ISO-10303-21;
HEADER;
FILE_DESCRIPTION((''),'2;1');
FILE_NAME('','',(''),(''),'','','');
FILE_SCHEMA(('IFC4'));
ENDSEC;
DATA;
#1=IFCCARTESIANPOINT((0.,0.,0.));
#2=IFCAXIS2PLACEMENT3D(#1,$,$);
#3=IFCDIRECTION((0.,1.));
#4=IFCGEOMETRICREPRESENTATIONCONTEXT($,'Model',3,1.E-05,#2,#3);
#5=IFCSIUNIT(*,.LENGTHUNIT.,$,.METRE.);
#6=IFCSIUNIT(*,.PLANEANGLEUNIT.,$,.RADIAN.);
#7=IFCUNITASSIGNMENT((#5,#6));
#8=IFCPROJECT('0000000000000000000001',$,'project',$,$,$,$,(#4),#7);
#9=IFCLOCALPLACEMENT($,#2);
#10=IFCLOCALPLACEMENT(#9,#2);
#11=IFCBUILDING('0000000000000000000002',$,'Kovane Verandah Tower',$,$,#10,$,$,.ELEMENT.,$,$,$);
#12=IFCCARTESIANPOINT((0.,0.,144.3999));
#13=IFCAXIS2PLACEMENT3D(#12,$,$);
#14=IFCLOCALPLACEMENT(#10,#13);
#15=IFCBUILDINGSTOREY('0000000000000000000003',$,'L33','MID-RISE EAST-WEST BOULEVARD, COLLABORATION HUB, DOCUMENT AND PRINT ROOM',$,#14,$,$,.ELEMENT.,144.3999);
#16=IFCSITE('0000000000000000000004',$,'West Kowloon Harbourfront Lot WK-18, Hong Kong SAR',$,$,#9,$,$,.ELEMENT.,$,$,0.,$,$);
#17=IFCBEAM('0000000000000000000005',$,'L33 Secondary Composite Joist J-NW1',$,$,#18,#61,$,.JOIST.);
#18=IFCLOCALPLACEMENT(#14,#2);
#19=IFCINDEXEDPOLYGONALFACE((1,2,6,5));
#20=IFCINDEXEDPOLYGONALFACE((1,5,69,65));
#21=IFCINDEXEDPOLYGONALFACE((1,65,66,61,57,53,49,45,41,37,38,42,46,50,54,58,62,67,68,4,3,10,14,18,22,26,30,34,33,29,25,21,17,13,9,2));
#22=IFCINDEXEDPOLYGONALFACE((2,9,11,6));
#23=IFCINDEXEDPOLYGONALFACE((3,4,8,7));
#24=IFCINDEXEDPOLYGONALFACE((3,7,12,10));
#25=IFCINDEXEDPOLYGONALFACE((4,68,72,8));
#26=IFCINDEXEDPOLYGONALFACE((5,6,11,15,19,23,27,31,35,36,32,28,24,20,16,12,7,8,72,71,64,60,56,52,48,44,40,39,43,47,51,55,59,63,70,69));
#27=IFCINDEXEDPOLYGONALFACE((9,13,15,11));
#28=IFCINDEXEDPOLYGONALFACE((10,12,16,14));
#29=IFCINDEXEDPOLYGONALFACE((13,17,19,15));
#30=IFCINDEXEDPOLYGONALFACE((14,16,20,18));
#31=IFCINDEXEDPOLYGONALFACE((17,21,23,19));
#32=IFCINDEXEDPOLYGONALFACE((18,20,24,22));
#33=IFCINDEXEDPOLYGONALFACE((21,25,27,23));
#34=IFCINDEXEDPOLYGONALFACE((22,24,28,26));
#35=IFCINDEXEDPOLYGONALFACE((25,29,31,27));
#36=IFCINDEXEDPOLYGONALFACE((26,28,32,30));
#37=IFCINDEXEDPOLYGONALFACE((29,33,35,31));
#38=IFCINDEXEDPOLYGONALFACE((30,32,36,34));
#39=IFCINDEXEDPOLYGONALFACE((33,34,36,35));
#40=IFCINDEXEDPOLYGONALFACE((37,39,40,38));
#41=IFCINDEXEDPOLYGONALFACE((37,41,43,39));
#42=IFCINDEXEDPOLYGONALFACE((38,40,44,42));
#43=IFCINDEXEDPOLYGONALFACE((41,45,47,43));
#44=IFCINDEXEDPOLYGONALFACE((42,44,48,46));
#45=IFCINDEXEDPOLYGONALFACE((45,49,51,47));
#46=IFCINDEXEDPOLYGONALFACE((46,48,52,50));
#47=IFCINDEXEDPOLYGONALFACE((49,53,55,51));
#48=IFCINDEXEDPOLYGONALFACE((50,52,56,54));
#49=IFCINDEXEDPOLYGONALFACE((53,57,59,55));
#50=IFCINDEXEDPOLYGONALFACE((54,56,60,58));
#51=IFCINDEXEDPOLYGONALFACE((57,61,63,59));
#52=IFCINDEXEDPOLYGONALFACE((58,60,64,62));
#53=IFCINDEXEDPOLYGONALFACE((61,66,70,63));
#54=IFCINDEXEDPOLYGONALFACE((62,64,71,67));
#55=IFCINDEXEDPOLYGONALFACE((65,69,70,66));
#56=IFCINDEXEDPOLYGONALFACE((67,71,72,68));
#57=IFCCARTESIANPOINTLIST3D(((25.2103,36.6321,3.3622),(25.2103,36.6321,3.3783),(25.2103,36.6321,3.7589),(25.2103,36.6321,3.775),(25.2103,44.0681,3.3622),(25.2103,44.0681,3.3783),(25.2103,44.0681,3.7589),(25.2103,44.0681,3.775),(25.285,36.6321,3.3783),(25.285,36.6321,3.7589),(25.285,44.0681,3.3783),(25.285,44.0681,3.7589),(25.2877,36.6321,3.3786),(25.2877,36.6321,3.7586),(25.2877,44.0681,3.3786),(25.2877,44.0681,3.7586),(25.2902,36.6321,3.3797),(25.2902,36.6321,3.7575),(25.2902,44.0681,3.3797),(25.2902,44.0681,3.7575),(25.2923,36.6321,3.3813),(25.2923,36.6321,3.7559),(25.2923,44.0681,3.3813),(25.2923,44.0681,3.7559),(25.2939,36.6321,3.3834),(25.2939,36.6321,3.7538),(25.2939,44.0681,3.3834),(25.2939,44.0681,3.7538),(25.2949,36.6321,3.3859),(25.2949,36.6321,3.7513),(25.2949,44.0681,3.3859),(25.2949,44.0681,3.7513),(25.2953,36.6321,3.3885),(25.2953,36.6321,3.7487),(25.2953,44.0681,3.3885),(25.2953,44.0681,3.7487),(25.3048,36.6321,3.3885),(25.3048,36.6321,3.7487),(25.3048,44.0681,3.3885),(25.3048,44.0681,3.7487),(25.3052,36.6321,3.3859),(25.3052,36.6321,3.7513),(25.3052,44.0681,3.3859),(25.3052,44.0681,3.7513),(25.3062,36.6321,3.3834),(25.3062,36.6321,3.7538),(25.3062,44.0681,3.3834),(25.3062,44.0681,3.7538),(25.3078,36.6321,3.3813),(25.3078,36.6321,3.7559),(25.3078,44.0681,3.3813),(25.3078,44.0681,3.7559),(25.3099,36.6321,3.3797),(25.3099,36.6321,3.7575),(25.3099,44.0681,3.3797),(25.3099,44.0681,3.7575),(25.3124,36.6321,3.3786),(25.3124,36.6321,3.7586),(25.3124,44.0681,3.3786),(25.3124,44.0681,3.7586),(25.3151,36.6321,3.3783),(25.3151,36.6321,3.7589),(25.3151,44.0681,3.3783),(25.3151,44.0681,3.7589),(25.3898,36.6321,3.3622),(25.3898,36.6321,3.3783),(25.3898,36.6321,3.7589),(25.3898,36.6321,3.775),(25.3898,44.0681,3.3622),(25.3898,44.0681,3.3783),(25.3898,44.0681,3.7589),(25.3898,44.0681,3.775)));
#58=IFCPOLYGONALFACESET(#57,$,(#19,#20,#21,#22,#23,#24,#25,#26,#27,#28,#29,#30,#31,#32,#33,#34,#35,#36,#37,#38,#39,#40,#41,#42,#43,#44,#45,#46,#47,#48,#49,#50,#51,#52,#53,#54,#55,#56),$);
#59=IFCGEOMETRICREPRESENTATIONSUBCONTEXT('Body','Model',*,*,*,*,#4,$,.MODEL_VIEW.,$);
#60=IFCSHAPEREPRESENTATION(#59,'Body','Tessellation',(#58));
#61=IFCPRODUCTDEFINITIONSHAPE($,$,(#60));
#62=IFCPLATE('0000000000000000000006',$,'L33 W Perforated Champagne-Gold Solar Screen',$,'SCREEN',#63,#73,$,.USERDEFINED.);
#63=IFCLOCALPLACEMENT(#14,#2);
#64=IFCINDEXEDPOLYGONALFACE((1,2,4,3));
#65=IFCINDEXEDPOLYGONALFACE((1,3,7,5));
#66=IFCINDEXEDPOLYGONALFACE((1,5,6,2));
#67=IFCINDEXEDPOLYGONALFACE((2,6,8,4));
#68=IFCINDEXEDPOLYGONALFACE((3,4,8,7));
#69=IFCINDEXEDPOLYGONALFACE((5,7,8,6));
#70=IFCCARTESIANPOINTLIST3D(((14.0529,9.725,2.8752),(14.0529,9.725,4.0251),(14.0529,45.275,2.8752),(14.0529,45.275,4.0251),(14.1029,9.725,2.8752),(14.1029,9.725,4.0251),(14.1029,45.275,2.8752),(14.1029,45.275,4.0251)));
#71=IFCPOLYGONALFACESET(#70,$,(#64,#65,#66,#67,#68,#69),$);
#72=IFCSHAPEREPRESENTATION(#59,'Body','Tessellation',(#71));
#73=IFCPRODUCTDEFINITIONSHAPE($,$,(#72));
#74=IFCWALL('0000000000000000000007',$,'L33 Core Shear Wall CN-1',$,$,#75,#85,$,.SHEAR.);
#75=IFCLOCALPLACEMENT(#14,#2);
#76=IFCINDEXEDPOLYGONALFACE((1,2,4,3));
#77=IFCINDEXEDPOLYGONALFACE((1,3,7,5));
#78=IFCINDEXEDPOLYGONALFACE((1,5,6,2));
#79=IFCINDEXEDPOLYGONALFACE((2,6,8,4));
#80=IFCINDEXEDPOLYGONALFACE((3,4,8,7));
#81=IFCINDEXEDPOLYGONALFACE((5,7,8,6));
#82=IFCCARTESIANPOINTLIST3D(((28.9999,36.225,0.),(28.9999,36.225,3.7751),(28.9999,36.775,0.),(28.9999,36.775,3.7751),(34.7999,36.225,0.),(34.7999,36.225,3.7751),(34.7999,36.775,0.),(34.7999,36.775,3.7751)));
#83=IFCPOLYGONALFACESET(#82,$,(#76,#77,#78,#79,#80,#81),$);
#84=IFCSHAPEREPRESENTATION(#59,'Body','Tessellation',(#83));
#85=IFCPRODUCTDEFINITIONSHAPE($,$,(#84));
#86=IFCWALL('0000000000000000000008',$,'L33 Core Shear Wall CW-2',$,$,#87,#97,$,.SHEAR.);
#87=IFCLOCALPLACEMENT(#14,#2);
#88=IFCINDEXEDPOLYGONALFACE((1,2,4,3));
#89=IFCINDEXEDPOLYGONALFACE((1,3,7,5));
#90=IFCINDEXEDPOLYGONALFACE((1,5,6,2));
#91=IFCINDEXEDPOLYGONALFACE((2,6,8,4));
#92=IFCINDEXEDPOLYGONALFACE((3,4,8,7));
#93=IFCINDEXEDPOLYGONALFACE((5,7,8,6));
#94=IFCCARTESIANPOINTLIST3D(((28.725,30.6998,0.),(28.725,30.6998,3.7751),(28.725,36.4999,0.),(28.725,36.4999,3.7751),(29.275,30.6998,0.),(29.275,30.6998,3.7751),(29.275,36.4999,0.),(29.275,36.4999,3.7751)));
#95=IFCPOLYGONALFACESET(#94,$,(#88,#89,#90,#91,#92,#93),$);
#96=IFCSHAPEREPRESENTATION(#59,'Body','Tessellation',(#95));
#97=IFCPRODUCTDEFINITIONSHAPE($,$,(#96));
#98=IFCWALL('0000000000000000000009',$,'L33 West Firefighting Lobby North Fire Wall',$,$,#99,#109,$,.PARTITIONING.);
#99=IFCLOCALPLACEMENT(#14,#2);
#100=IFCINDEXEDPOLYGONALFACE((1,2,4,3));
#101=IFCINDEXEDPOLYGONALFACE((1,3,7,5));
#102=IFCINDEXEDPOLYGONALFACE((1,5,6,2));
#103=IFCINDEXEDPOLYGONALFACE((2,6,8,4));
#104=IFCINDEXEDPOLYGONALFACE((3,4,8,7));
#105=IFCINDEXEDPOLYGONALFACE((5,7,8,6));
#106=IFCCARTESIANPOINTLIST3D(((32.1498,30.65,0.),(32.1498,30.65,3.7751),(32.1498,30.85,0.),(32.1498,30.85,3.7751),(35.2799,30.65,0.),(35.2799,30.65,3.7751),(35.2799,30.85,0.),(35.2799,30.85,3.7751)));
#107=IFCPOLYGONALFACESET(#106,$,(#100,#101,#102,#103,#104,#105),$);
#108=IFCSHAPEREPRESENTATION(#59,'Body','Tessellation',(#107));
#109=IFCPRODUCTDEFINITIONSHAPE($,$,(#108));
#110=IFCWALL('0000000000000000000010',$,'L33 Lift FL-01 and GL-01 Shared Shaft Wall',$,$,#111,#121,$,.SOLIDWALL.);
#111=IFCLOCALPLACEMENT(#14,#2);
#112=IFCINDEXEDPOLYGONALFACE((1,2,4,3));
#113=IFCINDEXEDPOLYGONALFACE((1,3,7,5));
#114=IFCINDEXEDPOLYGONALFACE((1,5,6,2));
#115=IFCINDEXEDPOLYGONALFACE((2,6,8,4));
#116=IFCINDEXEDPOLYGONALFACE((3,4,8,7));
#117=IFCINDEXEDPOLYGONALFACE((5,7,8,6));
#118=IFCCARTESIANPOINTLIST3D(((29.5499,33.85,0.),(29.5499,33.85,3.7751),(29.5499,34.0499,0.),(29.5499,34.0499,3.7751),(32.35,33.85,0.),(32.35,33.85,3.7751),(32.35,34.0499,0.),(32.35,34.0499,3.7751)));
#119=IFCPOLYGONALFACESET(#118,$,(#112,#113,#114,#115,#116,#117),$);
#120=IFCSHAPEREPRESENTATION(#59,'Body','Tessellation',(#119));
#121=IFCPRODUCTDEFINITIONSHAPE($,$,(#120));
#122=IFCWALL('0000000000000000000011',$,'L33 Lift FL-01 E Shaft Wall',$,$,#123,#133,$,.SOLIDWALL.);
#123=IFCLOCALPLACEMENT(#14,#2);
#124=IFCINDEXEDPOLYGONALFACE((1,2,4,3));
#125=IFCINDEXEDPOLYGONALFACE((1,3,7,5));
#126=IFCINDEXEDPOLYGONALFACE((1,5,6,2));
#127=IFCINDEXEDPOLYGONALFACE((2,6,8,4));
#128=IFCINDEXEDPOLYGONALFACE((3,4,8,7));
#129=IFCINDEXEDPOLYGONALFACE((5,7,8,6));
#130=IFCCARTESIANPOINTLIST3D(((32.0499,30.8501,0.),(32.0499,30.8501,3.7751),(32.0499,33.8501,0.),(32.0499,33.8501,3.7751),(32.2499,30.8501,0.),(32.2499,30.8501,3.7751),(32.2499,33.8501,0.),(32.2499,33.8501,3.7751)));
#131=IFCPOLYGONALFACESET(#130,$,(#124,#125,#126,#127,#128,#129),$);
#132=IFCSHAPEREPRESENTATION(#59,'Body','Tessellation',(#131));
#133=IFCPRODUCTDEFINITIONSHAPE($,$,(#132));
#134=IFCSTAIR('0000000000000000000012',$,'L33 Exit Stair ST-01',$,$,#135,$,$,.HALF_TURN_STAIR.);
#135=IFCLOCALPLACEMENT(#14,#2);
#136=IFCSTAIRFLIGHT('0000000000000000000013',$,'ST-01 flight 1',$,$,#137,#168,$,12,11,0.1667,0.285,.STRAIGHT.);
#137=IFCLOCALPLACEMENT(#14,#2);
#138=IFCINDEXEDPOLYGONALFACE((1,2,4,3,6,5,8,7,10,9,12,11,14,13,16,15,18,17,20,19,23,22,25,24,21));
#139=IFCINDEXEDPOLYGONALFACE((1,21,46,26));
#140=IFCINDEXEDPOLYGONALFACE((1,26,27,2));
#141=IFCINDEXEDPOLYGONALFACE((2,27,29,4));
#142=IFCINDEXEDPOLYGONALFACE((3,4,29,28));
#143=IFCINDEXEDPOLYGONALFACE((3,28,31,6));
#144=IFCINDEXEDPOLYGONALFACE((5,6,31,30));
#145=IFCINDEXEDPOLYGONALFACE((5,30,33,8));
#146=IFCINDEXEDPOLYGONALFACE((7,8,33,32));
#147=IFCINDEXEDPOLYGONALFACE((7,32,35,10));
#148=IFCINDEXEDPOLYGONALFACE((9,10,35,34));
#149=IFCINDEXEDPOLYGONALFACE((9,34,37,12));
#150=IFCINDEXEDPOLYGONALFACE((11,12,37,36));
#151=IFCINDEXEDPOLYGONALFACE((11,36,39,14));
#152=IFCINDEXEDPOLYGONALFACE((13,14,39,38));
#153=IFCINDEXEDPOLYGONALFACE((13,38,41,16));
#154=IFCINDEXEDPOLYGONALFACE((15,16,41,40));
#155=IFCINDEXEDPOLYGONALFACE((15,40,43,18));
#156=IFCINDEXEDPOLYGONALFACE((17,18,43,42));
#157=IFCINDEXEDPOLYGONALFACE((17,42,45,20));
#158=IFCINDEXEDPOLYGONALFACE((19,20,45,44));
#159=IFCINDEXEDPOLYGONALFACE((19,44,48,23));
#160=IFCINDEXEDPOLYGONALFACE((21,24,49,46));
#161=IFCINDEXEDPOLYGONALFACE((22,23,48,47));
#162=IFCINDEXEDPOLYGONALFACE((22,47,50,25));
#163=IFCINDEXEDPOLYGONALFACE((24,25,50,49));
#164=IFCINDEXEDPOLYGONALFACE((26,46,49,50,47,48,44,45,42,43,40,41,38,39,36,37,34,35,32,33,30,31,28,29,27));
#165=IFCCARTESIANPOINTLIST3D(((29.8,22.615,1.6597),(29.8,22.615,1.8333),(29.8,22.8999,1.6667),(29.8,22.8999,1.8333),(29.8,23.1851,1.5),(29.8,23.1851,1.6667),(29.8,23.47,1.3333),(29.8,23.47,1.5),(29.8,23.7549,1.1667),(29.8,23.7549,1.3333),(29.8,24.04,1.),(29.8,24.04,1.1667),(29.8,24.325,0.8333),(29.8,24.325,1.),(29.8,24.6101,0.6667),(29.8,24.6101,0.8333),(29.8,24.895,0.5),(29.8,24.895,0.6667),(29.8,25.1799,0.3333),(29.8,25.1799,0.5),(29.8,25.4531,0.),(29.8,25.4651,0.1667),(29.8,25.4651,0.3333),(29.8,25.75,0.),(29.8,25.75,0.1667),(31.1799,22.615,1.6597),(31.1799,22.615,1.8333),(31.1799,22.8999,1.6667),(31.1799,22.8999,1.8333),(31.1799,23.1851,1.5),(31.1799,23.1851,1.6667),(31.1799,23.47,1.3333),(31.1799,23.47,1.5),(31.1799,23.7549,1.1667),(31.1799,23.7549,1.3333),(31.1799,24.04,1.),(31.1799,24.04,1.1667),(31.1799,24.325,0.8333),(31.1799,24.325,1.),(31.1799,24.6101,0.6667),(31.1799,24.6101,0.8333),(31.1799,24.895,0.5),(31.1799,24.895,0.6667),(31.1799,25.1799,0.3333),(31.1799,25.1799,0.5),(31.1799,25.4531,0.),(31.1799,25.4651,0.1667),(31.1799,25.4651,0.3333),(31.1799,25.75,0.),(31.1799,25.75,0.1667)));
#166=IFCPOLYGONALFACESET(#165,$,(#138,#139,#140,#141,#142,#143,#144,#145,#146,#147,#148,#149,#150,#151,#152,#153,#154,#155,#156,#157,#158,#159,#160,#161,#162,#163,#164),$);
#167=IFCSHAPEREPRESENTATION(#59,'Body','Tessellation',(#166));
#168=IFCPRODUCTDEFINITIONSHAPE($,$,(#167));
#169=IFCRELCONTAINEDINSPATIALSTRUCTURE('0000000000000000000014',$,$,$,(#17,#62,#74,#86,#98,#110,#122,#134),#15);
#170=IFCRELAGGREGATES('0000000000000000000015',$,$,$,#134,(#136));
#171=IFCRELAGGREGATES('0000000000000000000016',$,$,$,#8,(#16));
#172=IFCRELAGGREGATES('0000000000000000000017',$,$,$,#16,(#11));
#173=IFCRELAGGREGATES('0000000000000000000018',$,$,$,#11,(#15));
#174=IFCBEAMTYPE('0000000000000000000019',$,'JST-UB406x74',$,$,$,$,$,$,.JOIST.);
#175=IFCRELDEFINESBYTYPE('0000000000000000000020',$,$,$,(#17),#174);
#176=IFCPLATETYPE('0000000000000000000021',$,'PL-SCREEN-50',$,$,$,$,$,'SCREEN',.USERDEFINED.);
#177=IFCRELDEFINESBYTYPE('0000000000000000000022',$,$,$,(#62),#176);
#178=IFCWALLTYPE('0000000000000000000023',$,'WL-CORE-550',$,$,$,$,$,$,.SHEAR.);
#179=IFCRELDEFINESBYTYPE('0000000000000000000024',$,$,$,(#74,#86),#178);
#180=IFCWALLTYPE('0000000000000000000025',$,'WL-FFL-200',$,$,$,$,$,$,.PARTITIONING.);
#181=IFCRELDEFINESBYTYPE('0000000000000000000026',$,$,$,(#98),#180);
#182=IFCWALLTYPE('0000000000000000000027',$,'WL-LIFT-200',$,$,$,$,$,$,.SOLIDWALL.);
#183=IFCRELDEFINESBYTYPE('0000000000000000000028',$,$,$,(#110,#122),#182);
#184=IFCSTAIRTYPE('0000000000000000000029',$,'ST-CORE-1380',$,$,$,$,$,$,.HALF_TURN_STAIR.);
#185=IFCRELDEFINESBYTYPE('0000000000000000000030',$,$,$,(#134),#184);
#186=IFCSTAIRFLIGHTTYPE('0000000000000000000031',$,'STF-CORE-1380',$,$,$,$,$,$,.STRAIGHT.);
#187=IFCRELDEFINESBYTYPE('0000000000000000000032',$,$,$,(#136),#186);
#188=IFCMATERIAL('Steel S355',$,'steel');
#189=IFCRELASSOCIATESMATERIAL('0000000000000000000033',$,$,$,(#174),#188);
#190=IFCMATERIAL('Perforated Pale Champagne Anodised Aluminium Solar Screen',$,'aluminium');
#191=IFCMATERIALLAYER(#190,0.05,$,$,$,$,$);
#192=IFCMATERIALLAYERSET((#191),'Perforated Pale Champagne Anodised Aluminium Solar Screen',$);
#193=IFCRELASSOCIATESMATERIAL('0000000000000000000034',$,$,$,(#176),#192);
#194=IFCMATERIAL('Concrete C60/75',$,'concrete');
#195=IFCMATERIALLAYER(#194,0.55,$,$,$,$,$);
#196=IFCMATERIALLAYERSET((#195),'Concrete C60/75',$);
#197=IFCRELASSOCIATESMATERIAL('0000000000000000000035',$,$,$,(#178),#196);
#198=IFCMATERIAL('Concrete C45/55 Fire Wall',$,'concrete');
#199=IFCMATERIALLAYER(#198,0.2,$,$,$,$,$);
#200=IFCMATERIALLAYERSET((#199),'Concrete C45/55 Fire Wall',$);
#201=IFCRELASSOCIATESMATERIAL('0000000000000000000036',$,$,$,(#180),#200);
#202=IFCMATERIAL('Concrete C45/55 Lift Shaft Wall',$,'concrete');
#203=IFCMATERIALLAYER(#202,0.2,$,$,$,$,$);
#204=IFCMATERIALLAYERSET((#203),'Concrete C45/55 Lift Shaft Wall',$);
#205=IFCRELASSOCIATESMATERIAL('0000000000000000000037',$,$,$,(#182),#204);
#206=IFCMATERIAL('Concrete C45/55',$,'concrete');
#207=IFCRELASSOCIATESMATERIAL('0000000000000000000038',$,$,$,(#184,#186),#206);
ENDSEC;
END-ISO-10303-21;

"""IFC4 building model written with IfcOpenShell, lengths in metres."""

from ifc_helpers import new_model, si_unit, direction, frame, frame_2d, origin, origin_2d, place, context, subcontext, project, spatial, polyline, rectangle, i_section, outline, extrude, material, layer, layer_set, material_profile, profile_set, type_object, element, aggregate, save


model = new_model("IFC4")

# Units and contexts
model_context = context("Model", 3, precision=1e-05, world=origin(), true_north=direction((0.0, 1.0)))
body_context = subcontext(model_context, "Body", "Model", "MODEL_VIEW")
ifc_project = project(units=[si_unit("LENGTHUNIT", "METRE"), si_unit("PLANEANGLEUNIT", "RADIAN")], contexts=[model_context])

# Site, building, storey
site_placement = place(None, origin())
site = spatial("IfcSite", under=ifc_project, at=site_placement, Name="West Kowloon Harbourfront Lot WK-18, Hong Kong SAR", CompositionType="ELEMENT", RefElevation=0.0)
building_placement = place(site_placement, origin())
building = spatial("IfcBuilding", under=site, at=building_placement, Name="Kovane Verandah Tower", CompositionType="ELEMENT")
storey_placement = place(building_placement, frame((0.0, 0.0, 144.3999)))
storey = spatial("IfcBuildingStorey", under=building, at=storey_placement, Name="L33", Description="MID-RISE EAST-WEST BOULEVARD, COLLABORATION HUB, DOCUMENT AND PRINT ROOM", CompositionType="ELEMENT", Elevation=144.3999)

# Beam
ifc_material_1 = material(Name="Concrete C60/75", Category="concrete")
ifc_material_2 = material(Name="Steel S355", Category="steel")
ifc_material_profile_1 = material_profile(ifc_material_2, i_section(OverallWidth=0.1794, OverallDepth=0.4128, WebThickness=0.0095, FlangeThickness=0.0161, FilletRadius=0.0103, at=origin_2d()), Name="UB406x178x74")
ifc_profile_set_1 = profile_set([ifc_material_profile_1], Name="Steel S355")
beam_type_1 = type_object("IfcBeamType", Name="JST-UB406x74", PredefinedType="JOIST", material=ifc_profile_set_1)
beam_1_placement = place(storey_placement, frame((25.3, 36.6321, 3.5686), z_axis=(0.0, 1.0, 0.0), x_axis=(-1.0, 0.0, 0.0)))
element("IfcBeam", 1, at=beam_1_placement, inside=storey, type_object=beam_type_1, Name="L33 Secondary Composite Joist J-NW1", PredefinedType="JOIST", context=body_context, shape_type="SweptSolid", body=[
    extrude(i_section(OverallWidth=0.1794, OverallDepth=0.4128, WebThickness=0.0095, FlangeThickness=0.0161, FilletRadius=0.0103, at=origin_2d()), origin(), (0.0, 0.0, 1.0), 7.436),
])

# Plate
ifc_material_3 = material(Name="Perforated Pale Champagne Anodised Aluminium Solar Screen", Category="aluminium")
ifc_layer_1 = layer(ifc_material_3, 0.05)
ifc_layer_set_1 = layer_set([ifc_layer_1], Name="Perforated Pale Champagne Anodised Aluminium Solar Screen")
plate_type = type_object("IfcPlateType", Name="PL-SCREEN-50", ElementType="SCREEN", PredefinedType="USERDEFINED", material=ifc_layer_set_1)
plate_placement = place(storey_placement, frame((14.0779, 27.5, 2.8752), z_axis=(0.0, 0.0, 1.0), x_axis=(0.0, -1.0, 0.0)))
element("IfcPlate", 2, at=plate_placement, inside=storey, type_object=plate_type, Name="L33 W Perforated Champagne-Gold Solar Screen", ObjectType="SCREEN", PredefinedType="USERDEFINED", context=body_context, shape_type="SweptSolid", body=[
    extrude(rectangle(XDim=35.55, YDim=0.05, at=origin_2d()), origin(), (0.0, 0.0, 1.0), 1.1499),
])

# Walls
ifc_layer_2 = layer(ifc_material_1, 0.55)
ifc_layer_set_2 = layer_set([ifc_layer_2], Name="Concrete C60/75")
wall_type_1 = type_object("IfcWallType", Name="WL-CORE-550", PredefinedType="SHEAR", material=ifc_layer_set_2)
for number, where, z_axis, x_axis, name in (
    (3, (29.0, 36.5, 0.0), (0.0, 0.0, 1.0), (1.0, 0.0, 0.0), "L33 Core Shear Wall CN-1"),
    (4, (29.0, 30.7, 0.0), (0.0, 0.0, 1.0), (0.0, 1.0, 0.0), "L33 Core Shear Wall CW-2"),
):
    element("IfcWall", number, at=place(storey_placement, frame(where, z_axis=z_axis, x_axis=x_axis)), inside=storey, type_object=wall_type_1, Name=name, PredefinedType="SHEAR", context=body_context, shape_type="SweptSolid", body=[
        extrude(rectangle(XDim=5.8, YDim=0.55, at=frame_2d((2.8999, 0.0))), origin(), (0.0, 0.0, 1.0), 3.7751),
    ])

# Shared definitions
ifc_material_4 = material(Name="Concrete C45/55 Fire Wall", Category="concrete")
ifc_layer_3 = layer(ifc_material_4, 0.2)
ifc_layer_set_3 = layer_set([ifc_layer_3], Name="Concrete C45/55 Fire Wall")
wall_type_2 = type_object("IfcWallType", Name="WL-FFL-200", PredefinedType="PARTITIONING", material=ifc_layer_set_3)

# Wall
wall_1_placement = place(storey_placement, frame((32.1499, 30.75, 0.0), z_axis=(0.0, 0.0, 1.0), x_axis=(1.0, 0.0, 0.0)))
element("IfcWall", 5, at=wall_1_placement, inside=storey, type_object=wall_type_2, Name="L33 West Firefighting Lobby North Fire Wall", PredefinedType="PARTITIONING", context=body_context, shape_type="SweptSolid", body=[
    extrude(rectangle(XDim=3.1301, YDim=0.2, at=frame_2d((1.5649, 0.0))), origin(), (0.0, 0.0, 1.0), 3.7751),
])

# Shared definitions
ifc_material_5 = material(Name="Concrete C45/55 Lift Shaft Wall", Category="concrete")
ifc_layer_4 = layer(ifc_material_5, 0.2)
ifc_layer_set_4 = layer_set([ifc_layer_4], Name="Concrete C45/55 Lift Shaft Wall")
wall_type_3 = type_object("IfcWallType", Name="WL-LIFT-200", PredefinedType="SOLIDWALL", material=ifc_layer_set_4)

# Walls
wall_2_placement = place(storey_placement, frame((29.55, 33.95, 0.0), z_axis=(0.0, 0.0, 1.0), x_axis=(1.0, 0.0, 0.0)))
element("IfcWall", 6, at=wall_2_placement, inside=storey, type_object=wall_type_3, Name="L33 Lift FL-01 and GL-01 Shared Shaft Wall", PredefinedType="SOLIDWALL", context=body_context, shape_type="SweptSolid", body=[
    extrude(rectangle(XDim=2.8, YDim=0.2, at=frame_2d((1.3999, 0.0))), origin(), (0.0, 0.0, 1.0), 3.7751),
])
wall_3_placement = place(storey_placement, frame((32.1499, 30.8501, 0.0), z_axis=(0.0, 0.0, 1.0), x_axis=(0.0, 1.0, 0.0)))
element("IfcWall", 7, at=wall_3_placement, inside=storey, type_object=wall_type_3, Name="L33 Lift FL-01 E Shaft Wall", PredefinedType="SOLIDWALL", context=body_context, shape_type="SweptSolid", body=[
    extrude(rectangle(XDim=3.0, YDim=0.2, at=frame_2d((1.5, 0.0))), origin(), (0.0, 0.0, 1.0), 3.7751),
])

# Shared definitions
ifc_material_6 = material(Name="Concrete C45/55", Category="concrete")

# Stair, stair flight
stair_type = type_object("IfcStairType", Name="ST-CORE-1380", PredefinedType="HALF_TURN_STAIR", material=ifc_material_6)
stair_placement = place(storey_placement, origin())
stair = element("IfcStair", 8, at=stair_placement, inside=storey, type_object=stair_type, Name="L33 Exit Stair ST-01", PredefinedType="HALF_TURN_STAIR")
stair_flight_type = type_object("IfcStairFlightType", Name="STF-CORE-1380", PredefinedType="STRAIGHT", material=ifc_material_6)
stair_flight_placement = place(storey_placement, frame((30.49, 25.75, 0.0), z_axis=(0.0, 0.0, 1.0), x_axis=(0.0, -1.0, 0.0)))
stair_flight = element("IfcStairFlight", 9, at=stair_flight_placement, type_object=stair_flight_type, Name="ST-01 flight 1", NumberOfRisers=12, NumberOfTreads=11, PredefinedType="STRAIGHT", RiserHeight=0.1667, TreadLength=0.285, context=body_context, shape_type="SweptSolid", body=[
    extrude(outline(polyline([(0.0, 0.0), (0.0, 0.1667), (0.2849, 0.1667), (0.2849, 0.3333), (0.5701, 0.3333), (0.5701, 0.5), (0.855, 0.5), (0.855, 0.6667), (1.1399, 0.6667), (1.1399, 0.8333), (1.425, 0.8333), (1.425, 1.0), (1.71, 1.0), (1.71, 1.1667), (1.9951, 1.1667), (1.9951, 1.3333), (2.28, 1.3333), (2.28, 1.5), (2.5649, 1.5), (2.5649, 1.6667), (2.8501, 1.6667), (2.8501, 1.8333), (3.135, 1.8333), (3.135, 2.0), (3.135, 1.6597), (0.2969, 0.0), (0.0, 0.0)])), frame((0.0, 0.6899, 0.0), z_axis=(0.0, -1.0, 0.0), x_axis=(1.0, 0.0, 0.0)), (0.0, 0.0, 1.0), 1.3799),
])
aggregate(stair, [stair_flight])

save(model, "model.ifc")
